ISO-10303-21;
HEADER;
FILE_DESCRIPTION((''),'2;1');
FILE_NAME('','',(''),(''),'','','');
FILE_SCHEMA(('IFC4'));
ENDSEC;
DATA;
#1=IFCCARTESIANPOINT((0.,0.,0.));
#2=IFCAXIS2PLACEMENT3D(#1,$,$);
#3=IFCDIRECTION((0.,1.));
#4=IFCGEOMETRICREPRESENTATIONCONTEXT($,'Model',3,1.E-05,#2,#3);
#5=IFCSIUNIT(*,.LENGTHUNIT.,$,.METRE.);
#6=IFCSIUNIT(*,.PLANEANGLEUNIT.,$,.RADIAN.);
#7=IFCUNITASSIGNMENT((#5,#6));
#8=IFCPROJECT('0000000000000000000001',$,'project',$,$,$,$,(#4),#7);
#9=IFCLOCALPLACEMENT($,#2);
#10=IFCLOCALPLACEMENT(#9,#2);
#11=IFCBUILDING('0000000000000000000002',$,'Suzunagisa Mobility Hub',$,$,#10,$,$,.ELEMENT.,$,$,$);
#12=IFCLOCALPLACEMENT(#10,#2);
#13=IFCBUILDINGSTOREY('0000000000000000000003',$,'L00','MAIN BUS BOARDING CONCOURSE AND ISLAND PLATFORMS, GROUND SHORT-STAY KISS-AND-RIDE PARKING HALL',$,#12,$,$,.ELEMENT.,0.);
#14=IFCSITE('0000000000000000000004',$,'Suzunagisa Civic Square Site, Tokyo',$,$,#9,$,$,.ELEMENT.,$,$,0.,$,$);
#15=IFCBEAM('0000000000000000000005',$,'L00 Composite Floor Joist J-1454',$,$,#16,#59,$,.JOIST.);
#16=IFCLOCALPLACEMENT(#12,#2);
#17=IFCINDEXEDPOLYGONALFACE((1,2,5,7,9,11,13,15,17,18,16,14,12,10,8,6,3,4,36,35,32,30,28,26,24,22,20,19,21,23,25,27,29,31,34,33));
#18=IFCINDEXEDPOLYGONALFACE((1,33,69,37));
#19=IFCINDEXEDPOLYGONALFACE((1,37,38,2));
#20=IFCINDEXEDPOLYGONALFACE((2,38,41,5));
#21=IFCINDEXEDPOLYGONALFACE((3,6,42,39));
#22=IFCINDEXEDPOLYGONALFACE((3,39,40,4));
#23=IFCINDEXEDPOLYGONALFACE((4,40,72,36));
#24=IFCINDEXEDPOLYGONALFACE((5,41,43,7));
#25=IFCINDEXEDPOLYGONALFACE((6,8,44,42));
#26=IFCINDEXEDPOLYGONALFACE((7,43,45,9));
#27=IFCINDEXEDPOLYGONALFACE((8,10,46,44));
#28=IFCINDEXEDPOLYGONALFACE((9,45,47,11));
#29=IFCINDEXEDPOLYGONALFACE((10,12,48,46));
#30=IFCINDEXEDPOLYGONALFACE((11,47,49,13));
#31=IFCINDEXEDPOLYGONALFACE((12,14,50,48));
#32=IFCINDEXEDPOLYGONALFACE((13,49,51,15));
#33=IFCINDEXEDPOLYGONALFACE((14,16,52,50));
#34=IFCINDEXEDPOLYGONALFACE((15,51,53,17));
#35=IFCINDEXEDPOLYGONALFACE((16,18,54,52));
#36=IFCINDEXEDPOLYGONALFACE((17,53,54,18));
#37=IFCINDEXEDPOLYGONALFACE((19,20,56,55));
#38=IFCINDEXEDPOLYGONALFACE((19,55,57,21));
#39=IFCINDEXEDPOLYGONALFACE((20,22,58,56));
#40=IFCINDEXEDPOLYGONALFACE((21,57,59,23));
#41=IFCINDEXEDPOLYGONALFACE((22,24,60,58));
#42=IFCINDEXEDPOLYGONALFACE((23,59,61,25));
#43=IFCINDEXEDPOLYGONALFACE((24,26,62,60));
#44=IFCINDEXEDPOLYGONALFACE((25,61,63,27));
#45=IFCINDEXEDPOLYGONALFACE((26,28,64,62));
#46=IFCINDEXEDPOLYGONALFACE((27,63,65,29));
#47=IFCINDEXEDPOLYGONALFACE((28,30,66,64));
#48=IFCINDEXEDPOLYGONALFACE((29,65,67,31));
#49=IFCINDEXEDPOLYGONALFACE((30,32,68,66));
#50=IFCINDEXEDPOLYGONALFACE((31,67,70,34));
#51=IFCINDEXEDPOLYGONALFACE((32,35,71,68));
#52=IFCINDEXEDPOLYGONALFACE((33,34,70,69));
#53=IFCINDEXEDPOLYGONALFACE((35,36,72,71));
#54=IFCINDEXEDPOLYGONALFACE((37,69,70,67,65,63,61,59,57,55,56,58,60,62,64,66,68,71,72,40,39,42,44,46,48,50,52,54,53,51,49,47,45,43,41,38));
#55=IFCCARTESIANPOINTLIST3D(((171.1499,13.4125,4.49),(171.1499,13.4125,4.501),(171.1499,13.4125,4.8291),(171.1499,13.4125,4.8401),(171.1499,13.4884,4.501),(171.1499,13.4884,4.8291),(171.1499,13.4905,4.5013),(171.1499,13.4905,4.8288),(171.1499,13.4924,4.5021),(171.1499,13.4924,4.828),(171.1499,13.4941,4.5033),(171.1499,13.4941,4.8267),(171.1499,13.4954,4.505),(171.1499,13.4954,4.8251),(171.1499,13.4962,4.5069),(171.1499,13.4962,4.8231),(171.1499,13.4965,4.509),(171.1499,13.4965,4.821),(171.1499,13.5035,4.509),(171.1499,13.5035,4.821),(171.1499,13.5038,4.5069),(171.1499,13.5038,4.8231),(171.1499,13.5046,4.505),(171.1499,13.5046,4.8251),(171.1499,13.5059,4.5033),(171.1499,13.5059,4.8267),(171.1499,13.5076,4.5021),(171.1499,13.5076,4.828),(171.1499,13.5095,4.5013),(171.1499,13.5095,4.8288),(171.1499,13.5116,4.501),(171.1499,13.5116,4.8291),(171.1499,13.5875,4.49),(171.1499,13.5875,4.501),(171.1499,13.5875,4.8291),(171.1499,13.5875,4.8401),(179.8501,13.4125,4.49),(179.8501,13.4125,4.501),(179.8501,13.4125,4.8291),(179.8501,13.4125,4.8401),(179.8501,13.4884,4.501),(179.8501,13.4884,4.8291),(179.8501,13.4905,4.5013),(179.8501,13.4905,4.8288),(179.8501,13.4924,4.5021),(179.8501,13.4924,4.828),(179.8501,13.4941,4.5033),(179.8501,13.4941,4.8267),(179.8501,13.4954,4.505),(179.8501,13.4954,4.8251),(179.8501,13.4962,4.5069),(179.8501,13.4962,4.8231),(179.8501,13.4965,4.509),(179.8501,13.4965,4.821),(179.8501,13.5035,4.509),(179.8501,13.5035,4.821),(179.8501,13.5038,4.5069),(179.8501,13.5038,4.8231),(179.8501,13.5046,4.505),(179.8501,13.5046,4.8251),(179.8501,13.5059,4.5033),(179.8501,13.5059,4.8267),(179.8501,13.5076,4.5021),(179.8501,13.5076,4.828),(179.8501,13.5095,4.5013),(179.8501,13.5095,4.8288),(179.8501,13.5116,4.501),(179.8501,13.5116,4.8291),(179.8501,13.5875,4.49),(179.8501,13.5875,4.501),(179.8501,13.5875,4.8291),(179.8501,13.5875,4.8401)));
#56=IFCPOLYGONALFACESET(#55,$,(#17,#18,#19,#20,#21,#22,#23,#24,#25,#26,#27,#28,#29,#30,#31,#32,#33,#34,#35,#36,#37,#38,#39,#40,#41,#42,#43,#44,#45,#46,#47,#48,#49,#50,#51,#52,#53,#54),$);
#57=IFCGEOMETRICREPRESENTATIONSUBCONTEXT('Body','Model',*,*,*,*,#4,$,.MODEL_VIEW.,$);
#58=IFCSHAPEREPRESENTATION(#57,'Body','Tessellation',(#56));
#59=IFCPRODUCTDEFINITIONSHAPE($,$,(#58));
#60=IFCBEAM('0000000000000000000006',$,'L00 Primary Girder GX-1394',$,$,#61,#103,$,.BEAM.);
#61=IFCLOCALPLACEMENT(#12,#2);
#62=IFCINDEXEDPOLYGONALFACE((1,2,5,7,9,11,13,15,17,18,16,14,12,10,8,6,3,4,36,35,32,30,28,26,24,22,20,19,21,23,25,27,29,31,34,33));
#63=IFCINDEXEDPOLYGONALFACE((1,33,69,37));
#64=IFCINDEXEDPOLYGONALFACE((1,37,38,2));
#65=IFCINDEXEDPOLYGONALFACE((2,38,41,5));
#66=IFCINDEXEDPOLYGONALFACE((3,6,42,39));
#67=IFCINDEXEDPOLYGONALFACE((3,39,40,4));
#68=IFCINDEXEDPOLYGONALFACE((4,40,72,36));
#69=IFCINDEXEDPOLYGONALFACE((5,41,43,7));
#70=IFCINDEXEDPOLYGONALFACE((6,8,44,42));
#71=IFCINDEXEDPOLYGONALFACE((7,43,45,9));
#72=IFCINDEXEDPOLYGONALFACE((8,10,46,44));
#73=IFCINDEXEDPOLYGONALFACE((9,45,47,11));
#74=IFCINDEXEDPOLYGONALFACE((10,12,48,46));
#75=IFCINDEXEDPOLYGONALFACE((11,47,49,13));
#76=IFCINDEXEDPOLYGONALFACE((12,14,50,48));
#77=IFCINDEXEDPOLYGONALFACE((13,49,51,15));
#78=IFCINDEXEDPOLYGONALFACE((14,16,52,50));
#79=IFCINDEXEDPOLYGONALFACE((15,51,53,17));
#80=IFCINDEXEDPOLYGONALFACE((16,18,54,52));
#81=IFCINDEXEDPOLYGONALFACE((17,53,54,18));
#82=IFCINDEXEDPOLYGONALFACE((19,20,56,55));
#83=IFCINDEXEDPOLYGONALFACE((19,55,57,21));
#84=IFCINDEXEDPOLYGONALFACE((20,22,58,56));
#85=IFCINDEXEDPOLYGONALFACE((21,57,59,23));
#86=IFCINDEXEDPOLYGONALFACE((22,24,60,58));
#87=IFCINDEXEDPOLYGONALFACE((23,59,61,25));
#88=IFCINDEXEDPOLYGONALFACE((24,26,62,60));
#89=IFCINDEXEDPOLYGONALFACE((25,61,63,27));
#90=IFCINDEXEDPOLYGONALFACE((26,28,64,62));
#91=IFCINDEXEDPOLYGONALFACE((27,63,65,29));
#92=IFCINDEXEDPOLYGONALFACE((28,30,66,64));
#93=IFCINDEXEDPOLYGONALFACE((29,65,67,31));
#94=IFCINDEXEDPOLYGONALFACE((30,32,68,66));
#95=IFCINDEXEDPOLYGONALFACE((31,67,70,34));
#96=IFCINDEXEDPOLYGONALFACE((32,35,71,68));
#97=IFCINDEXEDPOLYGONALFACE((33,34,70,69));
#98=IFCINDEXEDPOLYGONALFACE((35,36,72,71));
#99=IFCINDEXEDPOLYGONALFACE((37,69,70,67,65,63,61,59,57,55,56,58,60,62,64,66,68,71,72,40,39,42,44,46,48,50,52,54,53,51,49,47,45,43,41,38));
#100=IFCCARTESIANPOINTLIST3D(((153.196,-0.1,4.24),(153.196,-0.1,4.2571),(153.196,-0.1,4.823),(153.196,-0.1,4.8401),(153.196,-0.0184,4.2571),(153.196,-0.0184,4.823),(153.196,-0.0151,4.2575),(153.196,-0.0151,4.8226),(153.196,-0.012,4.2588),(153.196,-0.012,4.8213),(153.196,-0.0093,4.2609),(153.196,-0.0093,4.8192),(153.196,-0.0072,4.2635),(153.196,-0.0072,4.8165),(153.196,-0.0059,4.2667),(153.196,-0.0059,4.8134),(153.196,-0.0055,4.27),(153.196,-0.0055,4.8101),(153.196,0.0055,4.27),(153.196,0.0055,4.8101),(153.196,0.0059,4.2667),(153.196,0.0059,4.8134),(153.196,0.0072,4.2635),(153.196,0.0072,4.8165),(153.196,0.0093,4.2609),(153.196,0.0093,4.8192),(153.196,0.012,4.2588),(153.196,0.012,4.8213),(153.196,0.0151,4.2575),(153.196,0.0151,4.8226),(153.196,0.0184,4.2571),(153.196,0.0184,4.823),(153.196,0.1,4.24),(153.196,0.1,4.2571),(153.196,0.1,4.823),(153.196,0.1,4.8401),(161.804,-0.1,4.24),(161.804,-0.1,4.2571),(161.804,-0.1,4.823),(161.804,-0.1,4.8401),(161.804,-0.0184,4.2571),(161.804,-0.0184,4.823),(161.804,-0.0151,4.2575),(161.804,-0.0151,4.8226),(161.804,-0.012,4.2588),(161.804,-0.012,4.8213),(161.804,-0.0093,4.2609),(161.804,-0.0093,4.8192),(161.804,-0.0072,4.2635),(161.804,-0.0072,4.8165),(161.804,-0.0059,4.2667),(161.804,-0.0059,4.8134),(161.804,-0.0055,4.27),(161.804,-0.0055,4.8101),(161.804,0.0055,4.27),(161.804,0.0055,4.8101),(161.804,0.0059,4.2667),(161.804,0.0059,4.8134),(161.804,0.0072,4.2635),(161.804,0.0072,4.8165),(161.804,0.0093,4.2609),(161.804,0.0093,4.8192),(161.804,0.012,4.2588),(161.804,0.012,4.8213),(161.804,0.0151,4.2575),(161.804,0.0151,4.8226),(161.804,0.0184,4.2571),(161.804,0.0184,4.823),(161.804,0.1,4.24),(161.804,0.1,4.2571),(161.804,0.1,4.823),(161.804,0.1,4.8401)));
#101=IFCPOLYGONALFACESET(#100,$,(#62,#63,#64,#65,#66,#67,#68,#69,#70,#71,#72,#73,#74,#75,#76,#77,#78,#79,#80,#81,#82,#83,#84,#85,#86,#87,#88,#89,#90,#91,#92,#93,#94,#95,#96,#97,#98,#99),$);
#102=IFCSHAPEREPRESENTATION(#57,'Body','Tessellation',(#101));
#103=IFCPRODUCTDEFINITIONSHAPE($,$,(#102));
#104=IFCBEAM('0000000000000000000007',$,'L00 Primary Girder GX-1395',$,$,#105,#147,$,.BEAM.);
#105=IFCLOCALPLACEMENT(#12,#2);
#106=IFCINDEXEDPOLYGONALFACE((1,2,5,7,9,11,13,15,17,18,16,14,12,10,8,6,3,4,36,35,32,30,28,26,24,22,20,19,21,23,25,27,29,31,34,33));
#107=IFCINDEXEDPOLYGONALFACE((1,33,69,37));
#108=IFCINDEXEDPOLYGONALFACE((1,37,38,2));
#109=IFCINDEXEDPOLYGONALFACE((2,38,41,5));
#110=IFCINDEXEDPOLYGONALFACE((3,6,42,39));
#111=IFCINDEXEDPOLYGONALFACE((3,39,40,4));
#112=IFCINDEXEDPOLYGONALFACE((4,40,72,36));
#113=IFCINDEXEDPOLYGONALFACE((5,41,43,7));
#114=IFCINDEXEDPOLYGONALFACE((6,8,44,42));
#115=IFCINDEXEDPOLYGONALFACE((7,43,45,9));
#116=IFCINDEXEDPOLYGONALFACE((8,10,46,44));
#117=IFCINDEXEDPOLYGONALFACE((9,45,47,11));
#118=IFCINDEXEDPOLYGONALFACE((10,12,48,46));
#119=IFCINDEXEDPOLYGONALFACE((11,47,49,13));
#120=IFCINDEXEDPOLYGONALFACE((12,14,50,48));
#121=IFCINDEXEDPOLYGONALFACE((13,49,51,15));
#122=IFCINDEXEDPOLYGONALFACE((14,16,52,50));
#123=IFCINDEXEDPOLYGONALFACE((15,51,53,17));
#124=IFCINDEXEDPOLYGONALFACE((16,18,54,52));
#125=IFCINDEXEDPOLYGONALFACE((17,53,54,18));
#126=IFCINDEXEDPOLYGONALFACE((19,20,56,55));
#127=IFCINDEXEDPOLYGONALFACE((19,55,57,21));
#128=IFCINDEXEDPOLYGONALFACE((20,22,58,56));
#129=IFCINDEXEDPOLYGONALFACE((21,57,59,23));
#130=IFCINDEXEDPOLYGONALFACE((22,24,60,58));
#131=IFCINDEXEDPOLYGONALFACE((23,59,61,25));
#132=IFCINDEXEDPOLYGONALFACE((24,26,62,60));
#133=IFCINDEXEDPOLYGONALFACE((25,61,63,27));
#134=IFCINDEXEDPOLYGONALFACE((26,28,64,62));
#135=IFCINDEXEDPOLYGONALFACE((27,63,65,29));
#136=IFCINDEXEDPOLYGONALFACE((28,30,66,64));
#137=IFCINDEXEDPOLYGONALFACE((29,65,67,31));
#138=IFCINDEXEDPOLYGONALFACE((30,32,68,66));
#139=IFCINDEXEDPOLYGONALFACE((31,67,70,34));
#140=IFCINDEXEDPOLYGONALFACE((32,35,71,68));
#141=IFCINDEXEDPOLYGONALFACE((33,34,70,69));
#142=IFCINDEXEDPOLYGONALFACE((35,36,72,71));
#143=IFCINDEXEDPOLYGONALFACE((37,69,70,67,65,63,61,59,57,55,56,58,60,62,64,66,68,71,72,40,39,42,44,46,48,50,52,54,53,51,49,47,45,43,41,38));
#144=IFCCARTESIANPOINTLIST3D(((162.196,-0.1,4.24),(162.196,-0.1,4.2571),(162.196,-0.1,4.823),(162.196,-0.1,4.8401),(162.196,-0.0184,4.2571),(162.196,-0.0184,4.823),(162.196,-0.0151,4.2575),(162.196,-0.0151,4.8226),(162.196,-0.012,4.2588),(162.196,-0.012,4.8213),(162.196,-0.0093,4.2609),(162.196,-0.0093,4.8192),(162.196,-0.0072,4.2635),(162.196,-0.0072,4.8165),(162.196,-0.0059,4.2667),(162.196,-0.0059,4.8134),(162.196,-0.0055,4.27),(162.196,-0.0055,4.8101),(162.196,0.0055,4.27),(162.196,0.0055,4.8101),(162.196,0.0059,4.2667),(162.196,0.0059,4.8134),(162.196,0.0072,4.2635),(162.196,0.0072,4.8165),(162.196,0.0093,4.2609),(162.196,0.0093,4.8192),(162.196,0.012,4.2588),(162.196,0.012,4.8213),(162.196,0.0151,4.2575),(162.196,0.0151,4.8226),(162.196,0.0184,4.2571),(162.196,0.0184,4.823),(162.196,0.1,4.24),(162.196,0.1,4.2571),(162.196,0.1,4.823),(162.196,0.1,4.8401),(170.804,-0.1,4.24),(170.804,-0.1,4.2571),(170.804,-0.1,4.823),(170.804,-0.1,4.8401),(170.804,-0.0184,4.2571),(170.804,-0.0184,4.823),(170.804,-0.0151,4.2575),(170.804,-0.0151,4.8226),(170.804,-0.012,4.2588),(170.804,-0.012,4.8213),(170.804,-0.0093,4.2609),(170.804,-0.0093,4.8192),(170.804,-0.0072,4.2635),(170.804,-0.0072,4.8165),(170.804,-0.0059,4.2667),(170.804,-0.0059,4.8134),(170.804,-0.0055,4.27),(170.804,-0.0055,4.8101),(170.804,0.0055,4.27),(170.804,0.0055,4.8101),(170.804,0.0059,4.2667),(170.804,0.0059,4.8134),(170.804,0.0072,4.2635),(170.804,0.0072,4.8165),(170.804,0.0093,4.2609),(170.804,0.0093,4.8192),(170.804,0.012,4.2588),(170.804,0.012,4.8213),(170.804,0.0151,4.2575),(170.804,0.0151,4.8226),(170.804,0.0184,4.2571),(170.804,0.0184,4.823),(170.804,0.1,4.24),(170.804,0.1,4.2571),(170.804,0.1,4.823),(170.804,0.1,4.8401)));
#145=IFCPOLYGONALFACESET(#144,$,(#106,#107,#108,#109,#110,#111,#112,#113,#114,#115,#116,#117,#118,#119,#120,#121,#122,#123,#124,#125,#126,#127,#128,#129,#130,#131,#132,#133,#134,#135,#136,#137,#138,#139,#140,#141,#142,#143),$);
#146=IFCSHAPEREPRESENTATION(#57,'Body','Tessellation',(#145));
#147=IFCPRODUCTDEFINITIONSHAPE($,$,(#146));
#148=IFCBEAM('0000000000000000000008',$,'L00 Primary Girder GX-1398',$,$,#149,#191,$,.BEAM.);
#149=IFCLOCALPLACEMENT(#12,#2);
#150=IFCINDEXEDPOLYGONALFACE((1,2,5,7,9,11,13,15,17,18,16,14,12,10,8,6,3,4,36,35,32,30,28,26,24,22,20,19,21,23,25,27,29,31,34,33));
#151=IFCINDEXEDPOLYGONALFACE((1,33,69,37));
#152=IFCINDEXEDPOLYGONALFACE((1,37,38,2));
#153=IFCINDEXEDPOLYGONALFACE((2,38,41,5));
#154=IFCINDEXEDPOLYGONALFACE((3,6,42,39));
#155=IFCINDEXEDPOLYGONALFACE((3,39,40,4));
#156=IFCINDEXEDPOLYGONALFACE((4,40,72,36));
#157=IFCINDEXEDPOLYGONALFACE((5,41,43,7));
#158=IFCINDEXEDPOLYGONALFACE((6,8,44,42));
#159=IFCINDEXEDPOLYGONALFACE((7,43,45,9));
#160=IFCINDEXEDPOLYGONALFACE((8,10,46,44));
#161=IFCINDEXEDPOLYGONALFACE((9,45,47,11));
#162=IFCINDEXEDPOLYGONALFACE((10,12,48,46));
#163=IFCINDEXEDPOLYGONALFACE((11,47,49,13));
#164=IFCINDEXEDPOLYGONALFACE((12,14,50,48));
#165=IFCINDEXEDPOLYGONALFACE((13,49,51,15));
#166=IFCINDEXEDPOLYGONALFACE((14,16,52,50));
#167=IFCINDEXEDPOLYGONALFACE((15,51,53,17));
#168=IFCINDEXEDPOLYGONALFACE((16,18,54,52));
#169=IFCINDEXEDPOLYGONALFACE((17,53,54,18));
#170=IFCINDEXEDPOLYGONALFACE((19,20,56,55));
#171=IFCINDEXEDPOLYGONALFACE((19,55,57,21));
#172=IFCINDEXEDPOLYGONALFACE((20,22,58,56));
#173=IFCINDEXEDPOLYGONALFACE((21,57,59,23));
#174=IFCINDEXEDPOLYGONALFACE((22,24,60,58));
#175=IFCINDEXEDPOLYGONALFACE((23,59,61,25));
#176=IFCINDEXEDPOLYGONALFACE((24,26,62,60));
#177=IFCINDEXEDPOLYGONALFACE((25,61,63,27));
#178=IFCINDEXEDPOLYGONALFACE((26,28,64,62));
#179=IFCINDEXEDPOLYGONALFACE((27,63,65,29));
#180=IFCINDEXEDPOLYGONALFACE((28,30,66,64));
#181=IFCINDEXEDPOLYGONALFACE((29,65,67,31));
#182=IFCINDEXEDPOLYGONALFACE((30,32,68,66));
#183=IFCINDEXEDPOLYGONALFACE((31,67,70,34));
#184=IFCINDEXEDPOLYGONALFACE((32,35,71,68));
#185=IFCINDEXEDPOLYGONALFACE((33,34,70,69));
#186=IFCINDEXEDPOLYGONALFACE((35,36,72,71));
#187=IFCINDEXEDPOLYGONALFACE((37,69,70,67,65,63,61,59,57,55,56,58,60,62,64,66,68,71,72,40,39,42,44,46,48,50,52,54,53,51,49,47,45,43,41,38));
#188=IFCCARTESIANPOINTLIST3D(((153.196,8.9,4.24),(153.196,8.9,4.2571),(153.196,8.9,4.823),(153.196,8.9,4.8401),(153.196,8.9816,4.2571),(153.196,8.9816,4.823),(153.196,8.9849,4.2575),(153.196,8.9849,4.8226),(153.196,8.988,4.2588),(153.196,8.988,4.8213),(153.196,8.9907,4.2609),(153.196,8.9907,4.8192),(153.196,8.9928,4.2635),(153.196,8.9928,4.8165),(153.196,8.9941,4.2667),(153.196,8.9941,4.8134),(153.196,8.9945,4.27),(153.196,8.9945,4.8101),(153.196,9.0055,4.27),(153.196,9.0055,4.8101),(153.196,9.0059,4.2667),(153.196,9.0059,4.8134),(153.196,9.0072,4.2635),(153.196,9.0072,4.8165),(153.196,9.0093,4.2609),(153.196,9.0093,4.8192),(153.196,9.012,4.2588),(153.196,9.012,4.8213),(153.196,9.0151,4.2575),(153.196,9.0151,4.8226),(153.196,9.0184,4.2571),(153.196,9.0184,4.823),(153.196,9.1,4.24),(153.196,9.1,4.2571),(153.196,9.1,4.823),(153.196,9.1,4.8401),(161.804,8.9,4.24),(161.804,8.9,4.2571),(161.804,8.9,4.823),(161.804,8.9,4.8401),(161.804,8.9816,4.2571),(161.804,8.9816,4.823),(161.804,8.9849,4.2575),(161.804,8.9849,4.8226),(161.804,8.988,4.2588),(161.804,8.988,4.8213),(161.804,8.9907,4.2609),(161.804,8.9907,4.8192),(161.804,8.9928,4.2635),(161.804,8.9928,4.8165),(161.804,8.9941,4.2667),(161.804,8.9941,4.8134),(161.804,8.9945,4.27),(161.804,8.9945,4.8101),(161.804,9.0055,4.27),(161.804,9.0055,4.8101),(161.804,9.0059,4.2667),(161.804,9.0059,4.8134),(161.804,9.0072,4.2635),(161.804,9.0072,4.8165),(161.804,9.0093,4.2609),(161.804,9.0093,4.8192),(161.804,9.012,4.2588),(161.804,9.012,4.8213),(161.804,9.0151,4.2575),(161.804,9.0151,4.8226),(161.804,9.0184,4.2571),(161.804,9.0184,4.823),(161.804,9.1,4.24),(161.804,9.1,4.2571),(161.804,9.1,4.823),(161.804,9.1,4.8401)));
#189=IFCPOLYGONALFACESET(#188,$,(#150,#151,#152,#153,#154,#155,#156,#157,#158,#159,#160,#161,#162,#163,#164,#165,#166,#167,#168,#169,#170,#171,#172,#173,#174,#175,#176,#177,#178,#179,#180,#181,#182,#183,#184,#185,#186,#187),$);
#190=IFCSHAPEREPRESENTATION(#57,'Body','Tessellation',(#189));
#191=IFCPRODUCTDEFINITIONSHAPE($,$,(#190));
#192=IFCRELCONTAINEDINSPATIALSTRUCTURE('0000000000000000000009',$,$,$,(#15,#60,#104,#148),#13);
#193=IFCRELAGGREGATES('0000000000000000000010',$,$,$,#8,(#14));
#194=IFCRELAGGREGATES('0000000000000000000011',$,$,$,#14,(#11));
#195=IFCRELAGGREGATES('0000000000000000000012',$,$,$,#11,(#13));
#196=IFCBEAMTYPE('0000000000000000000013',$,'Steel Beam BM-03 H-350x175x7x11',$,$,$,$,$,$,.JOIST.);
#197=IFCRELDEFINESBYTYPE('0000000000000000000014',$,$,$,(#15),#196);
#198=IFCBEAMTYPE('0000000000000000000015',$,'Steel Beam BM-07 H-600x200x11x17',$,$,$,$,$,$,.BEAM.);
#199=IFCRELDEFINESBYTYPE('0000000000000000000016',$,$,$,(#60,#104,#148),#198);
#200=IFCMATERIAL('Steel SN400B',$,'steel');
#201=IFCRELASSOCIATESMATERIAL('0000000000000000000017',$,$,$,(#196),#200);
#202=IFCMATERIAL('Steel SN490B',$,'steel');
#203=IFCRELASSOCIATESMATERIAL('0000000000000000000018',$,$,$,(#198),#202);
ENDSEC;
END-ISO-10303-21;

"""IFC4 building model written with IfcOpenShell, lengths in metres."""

from ifc_helpers import new_model, si_unit, direction, frame, origin, origin_2d, place, context, subcontext, project, spatial, i_section, extrude, material, material_profile, profile_set, type_object, element, save


model = new_model("IFC4")

# Units and contexts
model_context = context("Model", 3, precision=1e-05, world=origin(), true_north=direction((0.0, 1.0)))
body_context = subcontext(model_context, "Body", "Model", "MODEL_VIEW")
ifc_project = project(units=[si_unit("LENGTHUNIT", "METRE"), si_unit("PLANEANGLEUNIT", "RADIAN")], contexts=[model_context])

# Site, building, storey
site_placement = place(None, origin())
site = spatial("IfcSite", under=ifc_project, at=site_placement, Name="Suzunagisa Civic Square Site, Tokyo", CompositionType="ELEMENT", RefElevation=0.0)
building_placement = place(site_placement, origin())
building = spatial("IfcBuilding", under=site, at=building_placement, Name="Suzunagisa Mobility Hub", CompositionType="ELEMENT")
storey_placement = place(building_placement, origin())
storey = spatial("IfcBuildingStorey", under=building, at=storey_placement, Name="L00", Description="MAIN BUS BOARDING CONCOURSE AND ISLAND PLATFORMS, GROUND SHORT-STAY KISS-AND-RIDE PARKING HALL", CompositionType="ELEMENT", Elevation=0.0)

# Shared definitions
ifc_material_1 = material(Name="Steel SN490B", Category="steel")

# Beams
ifc_material_2 = material(Name="Steel SN400B", Category="steel")
ifc_material_profile_1 = material_profile(ifc_material_2, i_section(OverallWidth=0.175, OverallDepth=0.3501, WebThickness=0.0071, FlangeThickness=0.011, FilletRadius=0.0081, at=origin_2d()), Name="H-350x175x7x11")
ifc_profile_set_1 = profile_set([ifc_material_profile_1], Name="Steel SN400B")
beam_type_1 = type_object("IfcBeamType", Name="Steel Beam BM-03 H-350x175x7x11", PredefinedType="JOIST", material=ifc_profile_set_1)
for number, where, z_axis, x_axis, name in (
    (1, (171.1499, 13.5, 4.665), (1.0, 0.0, 0.0), (0.0, 1.0, 0.0), "L00 Composite Floor Joist J-1454"),
):
    element("IfcBeam", number, at=place(storey_placement, frame(where, z_axis=z_axis, x_axis=x_axis)), inside=storey, type_object=beam_type_1, Name=name, PredefinedType="JOIST", context=body_context, shape_type="SweptSolid", body=[
        extrude(i_section(OverallWidth=0.175, OverallDepth=0.3501, WebThickness=0.0071, FlangeThickness=0.011, FilletRadius=0.0081, at=origin_2d()), origin(), (0.0, 0.0, 1.0), 8.7002),
    ])
ifc_material_profile_2 = material_profile(ifc_material_1, i_section(OverallWidth=0.2, OverallDepth=0.6001, WebThickness=0.011, FlangeThickness=0.0171, FilletRadius=0.0129, at=origin_2d()), Name="H-600x200x11x17")
ifc_profile_set_2 = profile_set([ifc_material_profile_2], Name="Steel SN490B")
beam_type_2 = type_object("IfcBeamType", Name="Steel Beam BM-07 H-600x200x11x17", PredefinedType="BEAM", material=ifc_profile_set_2)
for number, where, z_axis, x_axis, name in (
    (2, (153.196, 0.0, 4.54), (1.0, 0.0, 0.0), (0.0, 1.0, 0.0), "L00 Primary Girder GX-1394"),
    (3, (162.196, 0.0, 4.54), (1.0, 0.0, 0.0), (0.0, 1.0, 0.0), "L00 Primary Girder GX-1395"),
    (4, (153.196, 9.0, 4.54), (1.0, 0.0, 0.0), (0.0, 1.0, 0.0), "L00 Primary Girder GX-1398"),
):
    element("IfcBeam", number, at=place(storey_placement, frame(where, z_axis=z_axis, x_axis=x_axis)), inside=storey, type_object=beam_type_2, Name=name, PredefinedType="BEAM", context=body_context, shape_type="SweptSolid", body=[
        extrude(i_section(OverallWidth=0.2, OverallDepth=0.6001, WebThickness=0.011, FlangeThickness=0.0171, FilletRadius=0.0129, at=origin_2d()), origin(), (0.0, 0.0, 1.0), 8.6079),
    ])

save(model, "model.ifc")
